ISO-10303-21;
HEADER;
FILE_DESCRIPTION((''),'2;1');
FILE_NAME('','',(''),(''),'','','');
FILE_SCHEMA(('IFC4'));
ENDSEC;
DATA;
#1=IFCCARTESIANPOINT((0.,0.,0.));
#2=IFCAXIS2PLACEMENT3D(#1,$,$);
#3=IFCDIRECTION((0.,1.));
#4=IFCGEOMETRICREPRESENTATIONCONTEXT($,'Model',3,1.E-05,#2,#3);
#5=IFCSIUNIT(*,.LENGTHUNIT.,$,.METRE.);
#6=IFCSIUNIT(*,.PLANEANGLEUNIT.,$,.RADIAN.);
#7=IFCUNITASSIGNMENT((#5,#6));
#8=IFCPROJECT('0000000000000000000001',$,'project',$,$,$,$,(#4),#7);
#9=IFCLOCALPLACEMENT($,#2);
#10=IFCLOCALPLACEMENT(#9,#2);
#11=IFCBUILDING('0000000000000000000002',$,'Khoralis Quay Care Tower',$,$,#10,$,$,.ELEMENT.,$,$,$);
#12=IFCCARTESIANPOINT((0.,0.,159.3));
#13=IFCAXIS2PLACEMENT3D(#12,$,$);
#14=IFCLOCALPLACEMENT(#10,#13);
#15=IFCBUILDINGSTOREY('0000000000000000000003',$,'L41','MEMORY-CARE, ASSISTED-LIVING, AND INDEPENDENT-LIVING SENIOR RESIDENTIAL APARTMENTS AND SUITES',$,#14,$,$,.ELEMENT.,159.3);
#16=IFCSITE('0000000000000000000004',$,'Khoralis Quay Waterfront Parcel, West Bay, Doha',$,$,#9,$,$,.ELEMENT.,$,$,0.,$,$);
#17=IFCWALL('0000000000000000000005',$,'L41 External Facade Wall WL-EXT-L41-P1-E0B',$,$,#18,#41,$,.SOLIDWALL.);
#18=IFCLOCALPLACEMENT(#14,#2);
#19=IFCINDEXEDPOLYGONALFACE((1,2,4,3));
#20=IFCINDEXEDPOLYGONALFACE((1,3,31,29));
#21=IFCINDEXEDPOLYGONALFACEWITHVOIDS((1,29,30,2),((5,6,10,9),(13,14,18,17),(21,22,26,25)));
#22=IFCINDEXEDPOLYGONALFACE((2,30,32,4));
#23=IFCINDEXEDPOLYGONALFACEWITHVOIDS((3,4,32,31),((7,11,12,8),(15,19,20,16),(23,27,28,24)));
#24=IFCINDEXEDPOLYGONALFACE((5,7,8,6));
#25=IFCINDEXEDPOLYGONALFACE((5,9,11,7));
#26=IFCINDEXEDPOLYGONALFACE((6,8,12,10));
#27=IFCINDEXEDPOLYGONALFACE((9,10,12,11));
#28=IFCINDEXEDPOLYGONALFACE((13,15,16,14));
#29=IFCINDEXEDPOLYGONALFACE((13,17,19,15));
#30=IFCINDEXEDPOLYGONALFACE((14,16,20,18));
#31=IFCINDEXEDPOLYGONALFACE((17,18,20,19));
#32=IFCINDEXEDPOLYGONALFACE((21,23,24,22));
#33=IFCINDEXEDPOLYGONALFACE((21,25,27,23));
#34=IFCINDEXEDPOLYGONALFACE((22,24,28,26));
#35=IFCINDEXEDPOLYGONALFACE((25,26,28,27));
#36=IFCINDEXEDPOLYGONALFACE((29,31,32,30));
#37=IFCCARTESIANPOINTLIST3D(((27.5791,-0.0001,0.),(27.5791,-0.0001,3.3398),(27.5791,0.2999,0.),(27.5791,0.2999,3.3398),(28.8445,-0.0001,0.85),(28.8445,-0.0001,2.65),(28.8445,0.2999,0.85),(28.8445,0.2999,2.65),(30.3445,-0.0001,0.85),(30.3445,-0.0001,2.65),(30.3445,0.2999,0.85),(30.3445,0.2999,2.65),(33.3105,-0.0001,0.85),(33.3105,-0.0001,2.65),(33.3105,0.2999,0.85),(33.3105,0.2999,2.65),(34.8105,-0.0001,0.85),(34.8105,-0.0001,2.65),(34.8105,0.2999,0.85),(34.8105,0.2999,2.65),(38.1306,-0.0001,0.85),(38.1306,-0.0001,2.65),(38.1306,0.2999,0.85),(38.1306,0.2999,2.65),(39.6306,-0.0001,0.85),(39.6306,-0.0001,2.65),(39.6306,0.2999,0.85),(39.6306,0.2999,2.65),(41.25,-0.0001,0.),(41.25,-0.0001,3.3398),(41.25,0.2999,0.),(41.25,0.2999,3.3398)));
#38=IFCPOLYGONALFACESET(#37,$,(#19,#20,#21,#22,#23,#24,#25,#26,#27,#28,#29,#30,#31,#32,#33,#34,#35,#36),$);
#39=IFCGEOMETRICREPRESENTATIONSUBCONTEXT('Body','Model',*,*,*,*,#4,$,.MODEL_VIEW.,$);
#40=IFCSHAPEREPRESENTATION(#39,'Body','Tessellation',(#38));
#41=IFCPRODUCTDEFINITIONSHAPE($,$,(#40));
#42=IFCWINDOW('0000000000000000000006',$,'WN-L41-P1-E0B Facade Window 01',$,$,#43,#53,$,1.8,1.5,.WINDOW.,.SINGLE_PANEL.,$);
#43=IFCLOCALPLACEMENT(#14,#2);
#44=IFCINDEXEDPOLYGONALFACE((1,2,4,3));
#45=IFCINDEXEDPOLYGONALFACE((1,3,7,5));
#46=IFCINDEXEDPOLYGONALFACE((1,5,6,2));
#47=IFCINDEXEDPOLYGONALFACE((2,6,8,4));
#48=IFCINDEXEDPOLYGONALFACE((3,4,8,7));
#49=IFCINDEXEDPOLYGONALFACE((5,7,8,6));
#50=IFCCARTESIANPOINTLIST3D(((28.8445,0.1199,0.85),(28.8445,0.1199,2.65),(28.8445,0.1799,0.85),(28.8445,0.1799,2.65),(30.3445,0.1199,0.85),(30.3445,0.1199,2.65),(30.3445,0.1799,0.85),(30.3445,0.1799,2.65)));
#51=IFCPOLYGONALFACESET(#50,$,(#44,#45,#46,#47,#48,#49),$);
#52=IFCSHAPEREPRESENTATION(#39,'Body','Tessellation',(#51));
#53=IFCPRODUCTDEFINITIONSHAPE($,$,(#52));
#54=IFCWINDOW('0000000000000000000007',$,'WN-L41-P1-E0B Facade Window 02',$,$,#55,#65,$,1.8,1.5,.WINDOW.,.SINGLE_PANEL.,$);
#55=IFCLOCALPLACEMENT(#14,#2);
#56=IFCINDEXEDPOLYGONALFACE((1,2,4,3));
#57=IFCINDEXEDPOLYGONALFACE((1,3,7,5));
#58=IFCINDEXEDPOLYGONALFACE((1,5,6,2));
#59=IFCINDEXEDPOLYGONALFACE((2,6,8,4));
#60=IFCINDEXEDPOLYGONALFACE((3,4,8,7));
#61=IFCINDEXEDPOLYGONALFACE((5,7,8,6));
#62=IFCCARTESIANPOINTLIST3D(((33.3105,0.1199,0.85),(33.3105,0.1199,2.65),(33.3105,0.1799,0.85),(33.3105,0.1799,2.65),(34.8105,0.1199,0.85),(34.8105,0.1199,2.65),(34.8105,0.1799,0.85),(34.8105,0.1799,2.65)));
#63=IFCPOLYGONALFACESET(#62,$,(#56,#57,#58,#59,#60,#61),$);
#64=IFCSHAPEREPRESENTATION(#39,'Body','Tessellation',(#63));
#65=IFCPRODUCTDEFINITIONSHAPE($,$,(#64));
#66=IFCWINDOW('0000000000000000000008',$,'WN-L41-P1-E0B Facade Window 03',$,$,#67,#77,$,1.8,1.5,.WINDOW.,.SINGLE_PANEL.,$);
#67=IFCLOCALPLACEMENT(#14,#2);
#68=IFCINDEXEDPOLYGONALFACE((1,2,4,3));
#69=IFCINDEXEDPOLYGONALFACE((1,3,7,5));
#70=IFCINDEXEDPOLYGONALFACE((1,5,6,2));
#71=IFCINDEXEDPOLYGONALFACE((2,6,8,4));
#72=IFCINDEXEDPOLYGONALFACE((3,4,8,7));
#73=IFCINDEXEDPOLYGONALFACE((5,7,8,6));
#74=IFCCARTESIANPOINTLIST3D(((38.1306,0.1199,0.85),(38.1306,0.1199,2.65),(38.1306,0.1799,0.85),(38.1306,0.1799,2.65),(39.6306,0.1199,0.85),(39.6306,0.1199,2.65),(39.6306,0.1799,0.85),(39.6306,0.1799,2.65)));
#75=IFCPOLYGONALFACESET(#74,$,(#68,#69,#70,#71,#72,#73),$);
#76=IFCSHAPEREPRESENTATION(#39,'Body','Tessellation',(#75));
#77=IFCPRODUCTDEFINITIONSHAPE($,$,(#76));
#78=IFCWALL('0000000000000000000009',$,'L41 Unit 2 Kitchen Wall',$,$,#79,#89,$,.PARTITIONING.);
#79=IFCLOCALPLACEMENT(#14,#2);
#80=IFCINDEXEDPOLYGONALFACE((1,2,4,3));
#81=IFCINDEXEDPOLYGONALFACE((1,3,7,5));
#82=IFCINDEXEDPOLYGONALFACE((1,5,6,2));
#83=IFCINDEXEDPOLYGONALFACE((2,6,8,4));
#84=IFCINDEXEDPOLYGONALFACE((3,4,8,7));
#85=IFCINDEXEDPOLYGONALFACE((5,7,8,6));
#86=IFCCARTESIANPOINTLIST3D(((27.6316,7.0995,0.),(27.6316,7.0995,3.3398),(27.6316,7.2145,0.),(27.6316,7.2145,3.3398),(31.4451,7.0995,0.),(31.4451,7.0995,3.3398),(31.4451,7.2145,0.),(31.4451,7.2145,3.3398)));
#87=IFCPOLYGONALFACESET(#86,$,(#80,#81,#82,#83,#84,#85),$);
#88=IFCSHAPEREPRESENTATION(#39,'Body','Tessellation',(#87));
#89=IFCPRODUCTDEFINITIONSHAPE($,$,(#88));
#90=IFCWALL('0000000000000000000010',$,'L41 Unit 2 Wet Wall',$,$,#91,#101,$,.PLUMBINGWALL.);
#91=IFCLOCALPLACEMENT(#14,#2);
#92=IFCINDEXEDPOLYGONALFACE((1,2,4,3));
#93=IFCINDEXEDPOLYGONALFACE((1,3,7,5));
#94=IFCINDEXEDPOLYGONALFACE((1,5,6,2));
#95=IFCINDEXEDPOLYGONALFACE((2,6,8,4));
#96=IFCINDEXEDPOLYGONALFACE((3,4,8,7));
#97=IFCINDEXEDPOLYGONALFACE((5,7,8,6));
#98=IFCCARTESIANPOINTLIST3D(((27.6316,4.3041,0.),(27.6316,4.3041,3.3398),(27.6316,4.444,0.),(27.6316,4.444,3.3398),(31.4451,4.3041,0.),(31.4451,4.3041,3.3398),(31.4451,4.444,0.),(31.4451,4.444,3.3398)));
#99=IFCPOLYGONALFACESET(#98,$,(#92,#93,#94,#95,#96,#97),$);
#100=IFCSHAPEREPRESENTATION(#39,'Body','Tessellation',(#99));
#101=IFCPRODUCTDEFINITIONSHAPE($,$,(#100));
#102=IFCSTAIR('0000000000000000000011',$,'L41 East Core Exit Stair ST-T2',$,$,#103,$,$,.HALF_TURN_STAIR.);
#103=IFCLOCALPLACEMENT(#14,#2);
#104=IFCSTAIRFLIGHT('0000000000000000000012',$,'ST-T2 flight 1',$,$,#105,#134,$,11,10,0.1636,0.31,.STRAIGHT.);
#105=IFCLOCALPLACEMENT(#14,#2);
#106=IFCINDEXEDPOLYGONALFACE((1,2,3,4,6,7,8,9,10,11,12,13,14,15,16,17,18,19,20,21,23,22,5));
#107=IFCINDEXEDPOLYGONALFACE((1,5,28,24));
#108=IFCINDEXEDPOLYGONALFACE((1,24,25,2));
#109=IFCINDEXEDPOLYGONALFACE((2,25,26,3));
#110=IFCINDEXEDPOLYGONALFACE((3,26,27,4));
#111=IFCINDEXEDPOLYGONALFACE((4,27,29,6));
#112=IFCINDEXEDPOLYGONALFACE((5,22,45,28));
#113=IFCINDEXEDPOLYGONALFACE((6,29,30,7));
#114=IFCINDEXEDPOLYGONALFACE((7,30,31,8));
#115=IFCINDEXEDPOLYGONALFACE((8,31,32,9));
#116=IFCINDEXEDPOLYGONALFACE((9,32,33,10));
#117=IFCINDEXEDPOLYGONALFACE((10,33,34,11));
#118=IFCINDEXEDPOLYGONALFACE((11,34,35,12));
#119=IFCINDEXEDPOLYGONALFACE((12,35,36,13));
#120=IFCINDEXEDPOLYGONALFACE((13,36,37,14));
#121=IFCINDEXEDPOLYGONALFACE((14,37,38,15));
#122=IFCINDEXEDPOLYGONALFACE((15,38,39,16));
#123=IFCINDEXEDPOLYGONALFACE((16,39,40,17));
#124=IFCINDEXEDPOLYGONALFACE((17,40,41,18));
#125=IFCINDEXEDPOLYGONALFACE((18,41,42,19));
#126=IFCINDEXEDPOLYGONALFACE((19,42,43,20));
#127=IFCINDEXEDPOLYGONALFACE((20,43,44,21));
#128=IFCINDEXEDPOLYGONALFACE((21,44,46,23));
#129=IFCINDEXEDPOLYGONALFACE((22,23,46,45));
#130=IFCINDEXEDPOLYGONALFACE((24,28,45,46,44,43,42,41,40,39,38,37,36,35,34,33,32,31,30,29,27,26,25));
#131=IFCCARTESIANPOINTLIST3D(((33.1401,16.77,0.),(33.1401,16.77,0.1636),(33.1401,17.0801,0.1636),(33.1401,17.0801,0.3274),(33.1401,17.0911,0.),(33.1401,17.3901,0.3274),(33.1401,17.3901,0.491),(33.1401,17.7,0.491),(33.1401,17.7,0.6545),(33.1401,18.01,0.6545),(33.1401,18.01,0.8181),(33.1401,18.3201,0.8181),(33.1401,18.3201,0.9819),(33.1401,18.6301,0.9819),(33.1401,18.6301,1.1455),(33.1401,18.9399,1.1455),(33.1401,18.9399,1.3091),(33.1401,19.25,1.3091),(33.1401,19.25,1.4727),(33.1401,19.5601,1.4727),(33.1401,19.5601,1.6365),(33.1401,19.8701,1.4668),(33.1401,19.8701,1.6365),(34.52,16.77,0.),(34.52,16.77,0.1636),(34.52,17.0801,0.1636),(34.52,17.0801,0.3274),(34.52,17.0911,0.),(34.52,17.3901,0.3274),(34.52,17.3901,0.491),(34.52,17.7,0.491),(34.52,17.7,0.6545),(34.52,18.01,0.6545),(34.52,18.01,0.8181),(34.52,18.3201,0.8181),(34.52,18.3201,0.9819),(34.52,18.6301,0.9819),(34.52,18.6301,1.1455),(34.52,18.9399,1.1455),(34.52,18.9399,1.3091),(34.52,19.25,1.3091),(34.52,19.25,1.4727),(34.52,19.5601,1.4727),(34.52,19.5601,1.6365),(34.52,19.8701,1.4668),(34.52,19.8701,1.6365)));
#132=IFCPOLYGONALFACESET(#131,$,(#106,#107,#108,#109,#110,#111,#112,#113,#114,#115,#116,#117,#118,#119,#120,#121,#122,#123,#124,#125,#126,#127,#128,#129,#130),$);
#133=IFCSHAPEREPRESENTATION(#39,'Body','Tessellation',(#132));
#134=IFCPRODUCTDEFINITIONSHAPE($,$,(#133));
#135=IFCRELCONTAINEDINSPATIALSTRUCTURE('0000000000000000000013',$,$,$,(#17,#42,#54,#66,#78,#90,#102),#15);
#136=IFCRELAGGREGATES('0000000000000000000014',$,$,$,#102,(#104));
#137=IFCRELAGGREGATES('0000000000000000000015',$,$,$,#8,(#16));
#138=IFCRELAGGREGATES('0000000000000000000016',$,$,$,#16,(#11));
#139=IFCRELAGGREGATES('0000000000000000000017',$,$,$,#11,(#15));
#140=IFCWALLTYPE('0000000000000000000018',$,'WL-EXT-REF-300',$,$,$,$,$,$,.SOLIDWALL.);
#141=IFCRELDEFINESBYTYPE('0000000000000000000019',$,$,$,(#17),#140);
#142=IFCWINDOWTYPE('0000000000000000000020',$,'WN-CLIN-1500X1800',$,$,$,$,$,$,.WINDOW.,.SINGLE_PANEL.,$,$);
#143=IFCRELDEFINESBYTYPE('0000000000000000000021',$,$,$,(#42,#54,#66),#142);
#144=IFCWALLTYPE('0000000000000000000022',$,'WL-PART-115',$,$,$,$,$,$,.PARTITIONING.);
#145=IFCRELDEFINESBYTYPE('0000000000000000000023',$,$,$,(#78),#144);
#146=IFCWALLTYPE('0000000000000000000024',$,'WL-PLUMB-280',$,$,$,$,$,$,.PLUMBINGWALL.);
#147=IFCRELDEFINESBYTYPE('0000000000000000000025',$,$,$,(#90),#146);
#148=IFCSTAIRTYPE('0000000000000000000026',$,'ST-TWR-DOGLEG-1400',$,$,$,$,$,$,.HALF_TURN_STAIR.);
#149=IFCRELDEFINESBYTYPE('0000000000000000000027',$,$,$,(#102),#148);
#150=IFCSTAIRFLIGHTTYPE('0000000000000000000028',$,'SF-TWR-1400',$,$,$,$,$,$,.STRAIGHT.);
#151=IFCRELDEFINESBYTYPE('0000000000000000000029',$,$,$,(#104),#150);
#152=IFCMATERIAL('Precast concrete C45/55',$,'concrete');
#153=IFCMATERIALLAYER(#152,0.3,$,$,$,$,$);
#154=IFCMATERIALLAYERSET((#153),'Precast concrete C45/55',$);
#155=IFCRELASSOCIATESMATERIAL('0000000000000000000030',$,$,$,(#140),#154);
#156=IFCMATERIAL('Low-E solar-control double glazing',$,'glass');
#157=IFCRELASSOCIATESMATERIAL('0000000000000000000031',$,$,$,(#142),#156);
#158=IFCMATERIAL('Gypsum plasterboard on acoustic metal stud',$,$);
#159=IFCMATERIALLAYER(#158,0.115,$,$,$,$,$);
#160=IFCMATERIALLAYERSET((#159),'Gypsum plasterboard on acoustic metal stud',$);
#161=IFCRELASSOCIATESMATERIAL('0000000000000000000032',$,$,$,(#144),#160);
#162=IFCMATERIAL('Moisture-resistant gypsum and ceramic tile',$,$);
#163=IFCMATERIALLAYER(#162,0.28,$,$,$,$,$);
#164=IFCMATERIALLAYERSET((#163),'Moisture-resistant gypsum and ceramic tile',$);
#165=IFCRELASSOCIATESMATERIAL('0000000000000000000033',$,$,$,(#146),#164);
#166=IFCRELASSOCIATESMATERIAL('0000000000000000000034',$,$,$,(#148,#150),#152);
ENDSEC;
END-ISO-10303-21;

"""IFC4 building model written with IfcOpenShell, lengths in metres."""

from ifc_helpers import new_model, si_unit, direction, frame, frame_2d, origin, place, context, subcontext, project, spatial, polyline, rectangle, outline, extrude, source, transform, mapped, material, layer, layer_set, type_object, element, fill, aggregate, save


model = new_model("IFC4")

# Units and contexts
model_context = context("Model", 3, precision=1e-05, world=origin(), true_north=direction((0.0, 1.0)))
body_context = subcontext(model_context, "Body", "Model", "MODEL_VIEW")
ifc_project = project(units=[si_unit("LENGTHUNIT", "METRE"), si_unit("PLANEANGLEUNIT", "RADIAN")], contexts=[model_context])

# Site, building, storey
site_placement = place(None, origin())
site = spatial("IfcSite", under=ifc_project, at=site_placement, Name="Khoralis Quay Waterfront Parcel, West Bay, Doha", CompositionType="ELEMENT", RefElevation=0.0)
building_placement = place(site_placement, origin())
building = spatial("IfcBuilding", under=site, at=building_placement, Name="Khoralis Quay Care Tower", CompositionType="ELEMENT")
storey_placement = place(building_placement, frame((0.0, 0.0, 159.3)))
storey = spatial("IfcBuildingStorey", under=building, at=storey_placement, Name="L41", Description="MEMORY-CARE, ASSISTED-LIVING, AND INDEPENDENT-LIVING SENIOR RESIDENTIAL APARTMENTS AND SUITES", CompositionType="ELEMENT", Elevation=159.3)

# Shared definitions
ifc_material_1 = material(Name="Gypsum plasterboard on acoustic metal stud")

# Wall, openings, windows
ifc_material_2 = material(Name="Precast concrete C45/55", Category="concrete")
ifc_layer_1 = layer(ifc_material_2, 0.3)
ifc_layer_set_1 = layer_set([ifc_layer_1], Name="Precast concrete C45/55")
wall_type_1 = type_object("IfcWallType", Name="WL-EXT-REF-300", PredefinedType="SOLIDWALL", material=ifc_layer_set_1)
wall_1_placement = place(storey_placement, frame((27.5791, 0.1499, 0.0), z_axis=(0.0, 0.0, 1.0), x_axis=(1.0, 0.0, 0.0)))
wall_1 = element("IfcWall", 1, at=wall_1_placement, inside=storey, type_object=wall_type_1, Name="L41 External Facade Wall WL-EXT-L41-P1-E0B", PredefinedType="SOLIDWALL", context=body_context, shape_type="SweptSolid", body=[
    extrude(rectangle(XDim=13.6709, YDim=0.3, at=frame_2d((6.8354, 0.0))), origin(), (0.0, 0.0, 1.0), 3.3398),
])
opening_1_placement = place(wall_1_placement, frame((1.2654, 0.0, 0.8501)))
opening_1 = element("IfcOpeningElement", 2, at=opening_1_placement, cuts=wall_1, PredefinedType="OPENING", context=body_context, shape_type="SweptSolid", body=[
    extrude(rectangle(XDim=1.5, YDim=1.8, at=frame_2d((0.75, 0.8999))), frame((0.0, 0.1602, 0.0), z_axis=(0.0, -1.0, 0.0), x_axis=(1.0, 0.0, 0.0)), (0.0, 0.0, 1.0), 0.3201),
])
opening_2_placement = place(wall_1_placement, frame((5.7314, 0.0, 0.8501)))
opening_2 = element("IfcOpeningElement", 3, at=opening_2_placement, cuts=wall_1, PredefinedType="OPENING", context=body_context, shape_type="SweptSolid", body=[
    extrude(rectangle(XDim=1.5, YDim=1.8, at=frame_2d((0.75, 0.8999))), frame((0.0, 0.1602, 0.0), z_axis=(0.0, -1.0, 0.0), x_axis=(1.0, 0.0, 0.0)), (0.0, 0.0, 1.0), 0.3201),
])
opening_3_placement = place(wall_1_placement, frame((10.5515, 0.0, 0.8501)))
opening_3 = element("IfcOpeningElement", 4, at=opening_3_placement, cuts=wall_1, PredefinedType="OPENING", context=body_context, shape_type="SweptSolid", body=[
    extrude(rectangle(XDim=1.5, YDim=1.8, at=frame_2d((0.75, 0.8999))), frame((0.0, 0.1602, 0.0), z_axis=(0.0, -1.0, 0.0), x_axis=(1.0, 0.0, 0.0)), (0.0, 0.0, 1.0), 0.3201),
])
ifc_material_3 = material(Name="Low-E solar-control double glazing", Category="glass")
window_type = type_object("IfcWindowType", Name="WN-CLIN-1500X1800", PartitioningType="SINGLE_PANEL", PredefinedType="WINDOW", material=ifc_material_3)
shared_shape_1 = source(origin(), body_context, "Body", "SweptSolid", [
    extrude(rectangle(XDim=1.5, YDim=1.8, at=frame_2d((0.75, 0.8999))), frame((0.0, 0.03, 0.0), z_axis=(0.0, -1.0, 0.0), x_axis=(1.0, 0.0, 0.0)), (0.0, 0.0, 1.0), 0.0601),
])
window_1_placement = place(opening_1_placement, origin())
window_1 = element("IfcWindow", 5, at=window_1_placement, inside=storey, type_object=window_type, Name="WN-L41-P1-E0B Facade Window 01", OverallHeight=1.8, OverallWidth=1.5, PartitioningType="SINGLE_PANEL", PredefinedType="WINDOW", context=body_context, shape_type="MappedRepresentation", body=[
    mapped(shared_shape_1, transform((0.0, 0.0, 0.0), scale=1.0)),
])
fill(opening_1, window_1)
window_2_placement = place(opening_2_placement, origin())
window_2 = element("IfcWindow", 6, at=window_2_placement, inside=storey, type_object=window_type, Name="WN-L41-P1-E0B Facade Window 02", OverallHeight=1.8, OverallWidth=1.5, PartitioningType="SINGLE_PANEL", PredefinedType="WINDOW", context=body_context, shape_type="MappedRepresentation", body=[
    mapped(shared_shape_1, transform((0.0, 0.0, 0.0), scale=1.0)),
])
fill(opening_2, window_2)
window_3_placement = place(opening_3_placement, origin())
window_3 = element("IfcWindow", 7, at=window_3_placement, inside=storey, type_object=window_type, Name="WN-L41-P1-E0B Facade Window 03", OverallHeight=1.8, OverallWidth=1.5, PartitioningType="SINGLE_PANEL", PredefinedType="WINDOW", context=body_context, shape_type="MappedRepresentation", body=[
    mapped(shared_shape_1, transform((0.0, 0.0, 0.0), scale=1.0)),
])
fill(opening_3, window_3)

# Walls
ifc_layer_2 = layer(ifc_material_1, 0.115)
ifc_layer_set_2 = layer_set([ifc_layer_2], Name="Gypsum plasterboard on acoustic metal stud")
wall_type_2 = type_object("IfcWallType", Name="WL-PART-115", PredefinedType="PARTITIONING", material=ifc_layer_set_2)
wall_2_placement = place(storey_placement, frame((27.6316, 7.157, 0.0), z_axis=(0.0, 0.0, 1.0), x_axis=(1.0, 0.0, 0.0)))
element("IfcWall", 8, at=wall_2_placement, inside=storey, type_object=wall_type_2, Name="L41 Unit 2 Kitchen Wall", PredefinedType="PARTITIONING", context=body_context, shape_type="SweptSolid", body=[
    extrude(rectangle(XDim=3.8135, YDim=0.115, at=frame_2d((1.9067, 0.0))), origin(), (0.0, 0.0, 1.0), 3.3398),
])
ifc_material_4 = material(Name="Moisture-resistant gypsum and ceramic tile")
ifc_layer_3 = layer(ifc_material_4, 0.28)
ifc_layer_set_3 = layer_set([ifc_layer_3], Name="Moisture-resistant gypsum and ceramic tile")
wall_type_3 = type_object("IfcWallType", Name="WL-PLUMB-280", PredefinedType="PLUMBINGWALL", material=ifc_layer_set_3)
wall_3_placement = place(storey_placement, frame((27.6316, 4.374, 0.0), z_axis=(0.0, 0.0, 1.0), x_axis=(1.0, 0.0, 0.0)))
element("IfcWall", 9, at=wall_3_placement, inside=storey, type_object=wall_type_3, Name="L41 Unit 2 Wet Wall", PredefinedType="PLUMBINGWALL", context=body_context, shape_type="SweptSolid", body=[
    extrude(rectangle(XDim=3.8135, YDim=0.1399, at=frame_2d((1.9067, 0.0))), origin(), (0.0, 0.0, 1.0), 3.3398),
])

# Stair, stair flight
stair_type = type_object("IfcStairType", Name="ST-TWR-DOGLEG-1400", PredefinedType="HALF_TURN_STAIR", material=ifc_material_2)
stair_placement = place(storey_placement, origin())
stair = element("IfcStair", 10, at=stair_placement, inside=storey, type_object=stair_type, Name="L41 East Core Exit Stair ST-T2", PredefinedType="HALF_TURN_STAIR")
stair_flight_type = type_object("IfcStairFlightType", Name="SF-TWR-1400", PredefinedType="STRAIGHT", material=ifc_material_2)
shared_shape_2 = source(origin(), body_context, "Body", "SweptSolid", [
    extrude(outline(polyline([(0.0, 0.0), (0.0, 0.1636), (0.3101, 0.1636), (0.3101, 0.3274), (0.6201, 0.3274), (0.6201, 0.491), (0.9299, 0.491), (0.9299, 0.6545), (1.24, 0.6545), (1.24, 0.8181), (1.55, 0.8181), (1.55, 0.9819), (1.8601, 0.9819), (1.8601, 1.1455), (2.1699, 1.1455), (2.1699, 1.3091), (2.48, 1.3091), (2.48, 1.4727), (2.79, 1.4727), (2.79, 1.6365), (3.1001, 1.6365), (3.1001, 1.8), (3.1001, 1.4668), (0.321, 0.0), (0.0, 0.0)])), frame((0.0, 0.6899, 0.0), z_axis=(0.0, -1.0, 0.0), x_axis=(1.0, 0.0, 0.0)), (0.0, 0.0, 1.0), 1.3799),
])
stair_flight_placement = place(storey_placement, frame((33.8301, 16.77, 0.0), z_axis=(0.0, 0.0, 1.0), x_axis=(0.0, 1.0, 0.0)))
stair_flight = element("IfcStairFlight", 11, at=stair_flight_placement, type_object=stair_flight_type, Name="ST-T2 flight 1", NumberOfRisers=11, NumberOfTreads=10, PredefinedType="STRAIGHT", RiserHeight=0.1636, TreadLength=0.31, context=body_context, shape_type="MappedRepresentation", body=[
    mapped(shared_shape_2, transform((0.0, 0.0, 0.0), scale=1.0)),
])
aggregate(stair, [stair_flight])

save(model, "model.ifc")
